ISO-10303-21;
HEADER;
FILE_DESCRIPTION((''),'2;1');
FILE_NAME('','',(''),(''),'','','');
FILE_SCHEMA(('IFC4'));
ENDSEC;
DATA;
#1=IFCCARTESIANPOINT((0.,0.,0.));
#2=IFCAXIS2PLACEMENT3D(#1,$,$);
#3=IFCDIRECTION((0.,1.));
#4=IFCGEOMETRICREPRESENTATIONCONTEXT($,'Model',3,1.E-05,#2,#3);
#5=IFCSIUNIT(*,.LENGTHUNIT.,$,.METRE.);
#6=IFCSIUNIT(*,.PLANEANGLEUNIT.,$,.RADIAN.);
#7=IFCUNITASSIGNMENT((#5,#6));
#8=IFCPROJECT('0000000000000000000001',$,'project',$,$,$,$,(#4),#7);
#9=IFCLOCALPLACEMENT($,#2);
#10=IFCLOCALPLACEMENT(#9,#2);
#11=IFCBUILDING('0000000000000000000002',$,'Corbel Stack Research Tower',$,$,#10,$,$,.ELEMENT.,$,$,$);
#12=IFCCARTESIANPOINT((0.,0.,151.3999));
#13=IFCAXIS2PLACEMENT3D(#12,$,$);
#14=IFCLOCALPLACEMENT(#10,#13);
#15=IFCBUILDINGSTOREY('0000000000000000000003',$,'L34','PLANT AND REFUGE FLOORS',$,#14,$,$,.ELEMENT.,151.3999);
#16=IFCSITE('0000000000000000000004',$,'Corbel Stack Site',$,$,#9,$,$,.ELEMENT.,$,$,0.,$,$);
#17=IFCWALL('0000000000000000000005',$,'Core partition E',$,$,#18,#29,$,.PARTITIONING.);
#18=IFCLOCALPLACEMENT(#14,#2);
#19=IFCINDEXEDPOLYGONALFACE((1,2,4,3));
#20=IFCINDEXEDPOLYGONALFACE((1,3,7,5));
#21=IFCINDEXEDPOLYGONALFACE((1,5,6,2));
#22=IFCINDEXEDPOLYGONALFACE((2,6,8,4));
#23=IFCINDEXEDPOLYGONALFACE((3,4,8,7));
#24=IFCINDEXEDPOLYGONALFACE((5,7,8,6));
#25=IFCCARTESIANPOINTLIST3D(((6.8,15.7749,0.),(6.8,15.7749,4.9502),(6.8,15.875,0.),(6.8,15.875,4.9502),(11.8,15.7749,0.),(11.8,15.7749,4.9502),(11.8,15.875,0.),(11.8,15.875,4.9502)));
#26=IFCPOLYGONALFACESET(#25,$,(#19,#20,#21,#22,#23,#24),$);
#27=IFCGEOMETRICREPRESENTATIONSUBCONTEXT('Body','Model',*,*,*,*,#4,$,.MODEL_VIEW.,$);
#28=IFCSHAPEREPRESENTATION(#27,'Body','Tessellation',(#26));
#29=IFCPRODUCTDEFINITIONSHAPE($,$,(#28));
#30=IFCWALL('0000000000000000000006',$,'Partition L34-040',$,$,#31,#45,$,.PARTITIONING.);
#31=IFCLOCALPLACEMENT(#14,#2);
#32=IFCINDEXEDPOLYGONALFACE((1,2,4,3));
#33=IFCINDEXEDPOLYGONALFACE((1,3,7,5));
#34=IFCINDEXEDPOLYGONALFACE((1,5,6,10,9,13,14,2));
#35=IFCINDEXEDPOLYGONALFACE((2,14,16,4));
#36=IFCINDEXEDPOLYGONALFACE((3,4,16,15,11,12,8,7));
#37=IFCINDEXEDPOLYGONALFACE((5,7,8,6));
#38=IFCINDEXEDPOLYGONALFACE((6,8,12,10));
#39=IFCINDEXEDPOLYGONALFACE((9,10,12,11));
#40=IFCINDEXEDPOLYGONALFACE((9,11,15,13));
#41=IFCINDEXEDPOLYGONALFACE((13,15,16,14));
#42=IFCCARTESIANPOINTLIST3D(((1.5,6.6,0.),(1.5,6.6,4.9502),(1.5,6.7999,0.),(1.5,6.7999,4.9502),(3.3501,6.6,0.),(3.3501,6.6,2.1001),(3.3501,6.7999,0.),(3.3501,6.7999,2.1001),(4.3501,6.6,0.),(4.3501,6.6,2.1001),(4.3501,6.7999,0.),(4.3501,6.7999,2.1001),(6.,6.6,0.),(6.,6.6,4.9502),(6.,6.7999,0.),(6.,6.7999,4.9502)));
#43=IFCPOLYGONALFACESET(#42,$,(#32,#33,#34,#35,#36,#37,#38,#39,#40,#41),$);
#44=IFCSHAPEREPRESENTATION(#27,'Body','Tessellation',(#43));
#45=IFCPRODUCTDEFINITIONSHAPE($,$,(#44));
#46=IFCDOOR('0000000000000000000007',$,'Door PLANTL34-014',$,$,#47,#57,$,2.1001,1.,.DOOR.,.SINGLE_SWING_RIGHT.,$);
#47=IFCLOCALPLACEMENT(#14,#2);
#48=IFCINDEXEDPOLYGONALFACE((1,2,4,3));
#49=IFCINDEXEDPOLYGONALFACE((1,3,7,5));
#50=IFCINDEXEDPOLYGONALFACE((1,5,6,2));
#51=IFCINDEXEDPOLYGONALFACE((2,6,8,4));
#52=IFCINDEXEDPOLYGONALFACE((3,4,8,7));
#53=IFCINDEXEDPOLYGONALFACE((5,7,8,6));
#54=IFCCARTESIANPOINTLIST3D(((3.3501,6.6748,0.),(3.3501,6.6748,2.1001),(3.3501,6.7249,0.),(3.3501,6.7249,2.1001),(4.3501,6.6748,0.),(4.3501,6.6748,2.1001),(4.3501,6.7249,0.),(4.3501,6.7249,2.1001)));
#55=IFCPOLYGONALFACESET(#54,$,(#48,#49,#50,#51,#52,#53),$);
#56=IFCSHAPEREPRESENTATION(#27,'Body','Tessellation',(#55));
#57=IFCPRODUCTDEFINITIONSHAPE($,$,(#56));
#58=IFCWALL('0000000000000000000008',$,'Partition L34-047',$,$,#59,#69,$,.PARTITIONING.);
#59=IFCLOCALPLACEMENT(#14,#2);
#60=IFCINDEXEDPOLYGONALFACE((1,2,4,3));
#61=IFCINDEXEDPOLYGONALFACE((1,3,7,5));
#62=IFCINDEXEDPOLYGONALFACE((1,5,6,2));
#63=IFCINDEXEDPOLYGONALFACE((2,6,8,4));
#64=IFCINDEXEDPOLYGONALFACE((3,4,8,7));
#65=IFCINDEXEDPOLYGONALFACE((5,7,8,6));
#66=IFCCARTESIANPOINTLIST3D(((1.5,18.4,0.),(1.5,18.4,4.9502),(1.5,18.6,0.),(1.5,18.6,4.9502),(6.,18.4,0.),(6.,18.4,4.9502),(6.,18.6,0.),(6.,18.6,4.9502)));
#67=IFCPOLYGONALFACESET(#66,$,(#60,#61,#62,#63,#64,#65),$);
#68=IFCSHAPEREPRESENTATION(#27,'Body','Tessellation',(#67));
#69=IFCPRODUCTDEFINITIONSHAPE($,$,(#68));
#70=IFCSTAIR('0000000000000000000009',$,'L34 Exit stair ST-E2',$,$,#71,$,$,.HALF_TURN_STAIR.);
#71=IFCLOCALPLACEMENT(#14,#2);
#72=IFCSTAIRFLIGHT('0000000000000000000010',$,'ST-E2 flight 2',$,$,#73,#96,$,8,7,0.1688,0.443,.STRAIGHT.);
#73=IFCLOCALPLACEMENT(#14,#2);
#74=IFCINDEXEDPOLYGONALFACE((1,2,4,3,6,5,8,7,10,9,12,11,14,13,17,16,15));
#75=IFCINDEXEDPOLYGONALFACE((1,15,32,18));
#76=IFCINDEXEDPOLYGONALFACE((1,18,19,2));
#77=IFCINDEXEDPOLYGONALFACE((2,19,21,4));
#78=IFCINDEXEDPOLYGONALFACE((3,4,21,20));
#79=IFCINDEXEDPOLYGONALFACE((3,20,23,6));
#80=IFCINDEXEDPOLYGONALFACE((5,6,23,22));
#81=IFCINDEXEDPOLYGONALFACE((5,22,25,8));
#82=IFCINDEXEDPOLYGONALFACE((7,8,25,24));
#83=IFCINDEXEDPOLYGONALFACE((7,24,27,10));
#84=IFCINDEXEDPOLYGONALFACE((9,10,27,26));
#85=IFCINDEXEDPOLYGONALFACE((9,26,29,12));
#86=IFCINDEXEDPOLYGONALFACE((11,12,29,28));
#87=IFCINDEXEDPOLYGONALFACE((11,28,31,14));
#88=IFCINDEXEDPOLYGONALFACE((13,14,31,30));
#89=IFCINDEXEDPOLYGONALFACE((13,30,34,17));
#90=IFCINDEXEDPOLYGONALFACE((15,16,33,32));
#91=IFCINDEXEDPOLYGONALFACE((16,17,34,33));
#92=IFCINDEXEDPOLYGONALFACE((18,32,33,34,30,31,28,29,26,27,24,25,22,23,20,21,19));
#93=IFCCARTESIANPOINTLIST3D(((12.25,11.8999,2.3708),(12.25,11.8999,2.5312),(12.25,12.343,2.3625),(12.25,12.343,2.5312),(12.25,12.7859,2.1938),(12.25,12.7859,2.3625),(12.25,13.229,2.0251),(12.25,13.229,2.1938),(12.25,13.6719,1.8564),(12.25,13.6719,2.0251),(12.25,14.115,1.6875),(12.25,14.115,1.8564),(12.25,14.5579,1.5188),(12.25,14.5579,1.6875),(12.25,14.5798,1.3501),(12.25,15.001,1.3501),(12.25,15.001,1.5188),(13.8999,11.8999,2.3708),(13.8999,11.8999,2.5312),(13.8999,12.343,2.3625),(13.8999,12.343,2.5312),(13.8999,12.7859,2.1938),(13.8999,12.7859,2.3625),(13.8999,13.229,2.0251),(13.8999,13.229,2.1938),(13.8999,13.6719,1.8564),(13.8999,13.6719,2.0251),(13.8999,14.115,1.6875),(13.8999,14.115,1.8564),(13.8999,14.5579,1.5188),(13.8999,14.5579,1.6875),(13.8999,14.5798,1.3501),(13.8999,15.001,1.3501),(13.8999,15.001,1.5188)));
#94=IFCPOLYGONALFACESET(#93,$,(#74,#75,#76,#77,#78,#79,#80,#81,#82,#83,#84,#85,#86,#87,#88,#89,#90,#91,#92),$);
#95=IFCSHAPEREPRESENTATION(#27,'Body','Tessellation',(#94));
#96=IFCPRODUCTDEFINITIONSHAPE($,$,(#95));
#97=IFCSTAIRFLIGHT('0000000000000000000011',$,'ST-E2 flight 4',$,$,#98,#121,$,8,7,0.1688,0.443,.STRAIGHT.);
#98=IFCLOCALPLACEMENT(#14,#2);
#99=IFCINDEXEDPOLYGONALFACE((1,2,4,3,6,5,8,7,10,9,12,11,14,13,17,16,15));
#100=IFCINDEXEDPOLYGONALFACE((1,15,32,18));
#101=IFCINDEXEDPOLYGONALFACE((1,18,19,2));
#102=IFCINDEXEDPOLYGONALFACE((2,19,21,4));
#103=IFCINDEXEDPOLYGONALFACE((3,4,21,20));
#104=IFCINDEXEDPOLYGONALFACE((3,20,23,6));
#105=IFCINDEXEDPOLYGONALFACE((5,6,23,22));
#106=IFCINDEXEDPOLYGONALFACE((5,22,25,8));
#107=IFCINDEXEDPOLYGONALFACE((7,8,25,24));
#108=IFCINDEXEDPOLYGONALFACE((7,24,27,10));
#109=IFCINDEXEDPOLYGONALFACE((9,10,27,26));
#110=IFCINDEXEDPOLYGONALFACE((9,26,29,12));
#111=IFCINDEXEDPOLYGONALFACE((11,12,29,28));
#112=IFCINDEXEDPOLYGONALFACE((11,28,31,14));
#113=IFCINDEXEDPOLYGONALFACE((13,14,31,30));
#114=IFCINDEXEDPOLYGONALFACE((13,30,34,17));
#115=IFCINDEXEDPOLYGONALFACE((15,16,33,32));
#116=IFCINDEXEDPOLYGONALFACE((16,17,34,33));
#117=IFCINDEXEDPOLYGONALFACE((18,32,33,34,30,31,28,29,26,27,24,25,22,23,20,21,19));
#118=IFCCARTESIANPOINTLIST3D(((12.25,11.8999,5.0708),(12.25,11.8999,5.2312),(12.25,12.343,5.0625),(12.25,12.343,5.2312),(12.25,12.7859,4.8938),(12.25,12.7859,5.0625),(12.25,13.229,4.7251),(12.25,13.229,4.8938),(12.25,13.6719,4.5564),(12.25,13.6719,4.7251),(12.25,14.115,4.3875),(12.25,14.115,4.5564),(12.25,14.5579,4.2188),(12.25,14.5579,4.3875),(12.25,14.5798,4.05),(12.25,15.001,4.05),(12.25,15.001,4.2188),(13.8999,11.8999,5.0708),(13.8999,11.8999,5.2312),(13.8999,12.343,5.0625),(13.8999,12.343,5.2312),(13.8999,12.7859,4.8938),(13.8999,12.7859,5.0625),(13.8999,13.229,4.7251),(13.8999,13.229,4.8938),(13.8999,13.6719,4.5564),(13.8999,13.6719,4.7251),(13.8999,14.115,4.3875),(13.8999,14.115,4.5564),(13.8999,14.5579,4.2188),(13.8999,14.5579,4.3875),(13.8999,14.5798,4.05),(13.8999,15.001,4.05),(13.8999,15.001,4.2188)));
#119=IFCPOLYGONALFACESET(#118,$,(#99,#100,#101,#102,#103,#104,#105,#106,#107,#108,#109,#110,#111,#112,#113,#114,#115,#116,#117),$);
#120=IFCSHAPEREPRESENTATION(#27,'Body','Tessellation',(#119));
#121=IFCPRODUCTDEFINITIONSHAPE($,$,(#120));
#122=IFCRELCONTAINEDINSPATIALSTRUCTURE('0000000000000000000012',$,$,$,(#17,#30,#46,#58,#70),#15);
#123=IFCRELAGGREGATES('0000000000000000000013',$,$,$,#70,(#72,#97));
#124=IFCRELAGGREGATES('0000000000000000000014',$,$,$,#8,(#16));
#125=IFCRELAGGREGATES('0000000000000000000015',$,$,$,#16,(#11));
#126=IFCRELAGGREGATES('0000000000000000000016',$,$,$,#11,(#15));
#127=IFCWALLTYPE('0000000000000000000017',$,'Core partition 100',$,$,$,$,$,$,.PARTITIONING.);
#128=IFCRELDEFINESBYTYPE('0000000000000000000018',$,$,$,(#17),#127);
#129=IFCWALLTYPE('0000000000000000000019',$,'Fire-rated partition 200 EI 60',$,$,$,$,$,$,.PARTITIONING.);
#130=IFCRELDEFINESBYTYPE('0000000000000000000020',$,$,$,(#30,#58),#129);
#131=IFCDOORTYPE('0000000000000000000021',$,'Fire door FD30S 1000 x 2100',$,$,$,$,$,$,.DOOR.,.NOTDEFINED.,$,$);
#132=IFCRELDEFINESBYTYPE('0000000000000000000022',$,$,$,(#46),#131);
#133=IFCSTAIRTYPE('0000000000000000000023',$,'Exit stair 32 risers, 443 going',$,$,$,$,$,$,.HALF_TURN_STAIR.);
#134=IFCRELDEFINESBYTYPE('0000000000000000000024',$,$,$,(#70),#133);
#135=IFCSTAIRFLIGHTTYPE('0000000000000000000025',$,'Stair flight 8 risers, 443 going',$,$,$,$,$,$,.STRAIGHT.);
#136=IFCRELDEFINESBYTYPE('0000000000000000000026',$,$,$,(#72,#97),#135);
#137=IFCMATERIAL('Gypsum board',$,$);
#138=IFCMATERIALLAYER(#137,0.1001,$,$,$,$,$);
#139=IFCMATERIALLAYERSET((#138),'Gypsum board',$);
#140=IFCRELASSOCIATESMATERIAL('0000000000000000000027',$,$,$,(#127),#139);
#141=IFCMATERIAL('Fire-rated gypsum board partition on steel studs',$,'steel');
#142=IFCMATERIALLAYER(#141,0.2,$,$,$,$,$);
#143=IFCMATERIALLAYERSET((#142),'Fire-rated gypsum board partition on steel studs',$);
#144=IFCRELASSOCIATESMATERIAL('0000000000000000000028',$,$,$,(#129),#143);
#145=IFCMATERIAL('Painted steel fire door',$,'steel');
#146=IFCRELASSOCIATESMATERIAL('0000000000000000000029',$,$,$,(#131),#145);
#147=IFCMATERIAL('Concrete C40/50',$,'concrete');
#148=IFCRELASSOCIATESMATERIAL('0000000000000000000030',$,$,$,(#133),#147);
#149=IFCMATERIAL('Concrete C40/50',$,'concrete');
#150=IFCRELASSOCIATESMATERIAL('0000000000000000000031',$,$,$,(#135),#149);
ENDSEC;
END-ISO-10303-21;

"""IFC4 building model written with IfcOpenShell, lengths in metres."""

from ifc_helpers import new_model, si_unit, direction, frame, frame_2d, origin, place, context, subcontext, project, spatial, polyline, rectangle, outline, extrude, material, layer, layer_set, type_object, element, fill, aggregate, save


model = new_model("IFC4")

# Units and contexts
model_context = context("Model", 3, precision=1e-05, world=origin(), true_north=direction((0.0, 1.0)))
body_context = subcontext(model_context, "Body", "Model", "MODEL_VIEW")
ifc_project = project(units=[si_unit("LENGTHUNIT", "METRE"), si_unit("PLANEANGLEUNIT", "RADIAN")], contexts=[model_context])

# Site, building, storey
site_placement = place(None, origin())
site = spatial("IfcSite", under=ifc_project, at=site_placement, Name="Corbel Stack Site", CompositionType="ELEMENT", RefElevation=0.0)
building_placement = place(site_placement, origin())
building = spatial("IfcBuilding", under=site, at=building_placement, Name="Corbel Stack Research Tower", CompositionType="ELEMENT")
storey_placement = place(building_placement, frame((0.0, 0.0, 151.3999)))
storey = spatial("IfcBuildingStorey", under=building, at=storey_placement, Name="L34", Description="PLANT AND REFUGE FLOORS", CompositionType="ELEMENT", Elevation=151.3999)

# Wall
ifc_material_1 = material(Name="Gypsum board")
ifc_layer_1 = layer(ifc_material_1, 0.1001)
ifc_layer_set_1 = layer_set([ifc_layer_1], Name="Gypsum board")
wall_type_1 = type_object("IfcWallType", Name="Core partition 100", PredefinedType="PARTITIONING", material=ifc_layer_set_1)
for number, where, z_axis, x_axis, name in (
    (1, (6.8, 15.825, 0.0), (0.0, 0.0, 1.0), (1.0, 0.0, 0.0), "Core partition E"),
):
    element("IfcWall", number, at=place(storey_placement, frame(where, z_axis=z_axis, x_axis=x_axis)), inside=storey, type_object=wall_type_1, Name=name, PredefinedType="PARTITIONING", context=body_context, shape_type="SweptSolid", body=[
        extrude(rectangle(XDim=5.0, YDim=0.1001, at=frame_2d((2.5, 0.0))), origin(), (0.0, 0.0, 1.0), 4.9502),
    ])

# Wall, opening, door
ifc_material_2 = material(Name="Fire-rated gypsum board partition on steel studs", Category="steel")
ifc_layer_2 = layer(ifc_material_2, 0.2)
ifc_layer_set_2 = layer_set([ifc_layer_2], Name="Fire-rated gypsum board partition on steel studs")
wall_type_2 = type_object("IfcWallType", Name="Fire-rated partition 200 EI 60", PredefinedType="PARTITIONING", material=ifc_layer_set_2)
wall_1_placement = place(storey_placement, frame((1.5, 6.7, 0.0), z_axis=(0.0, 0.0, 1.0), x_axis=(1.0, 0.0, 0.0)))
wall_1 = element("IfcWall", 2, at=wall_1_placement, inside=storey, type_object=wall_type_2, Name="Partition L34-040", PredefinedType="PARTITIONING", context=body_context, shape_type="SweptSolid", body=[
    extrude(rectangle(XDim=4.5, YDim=0.2, at=frame_2d((2.25, 0.0))), origin(), (0.0, 0.0, 1.0), 4.9502),
])
opening_1_placement = place(wall_1_placement, frame((1.8501, 0.0, 0.0)))
opening_1 = element("IfcOpeningElement", 3, at=opening_1_placement, cuts=wall_1, PredefinedType="OPENING", context=body_context, shape_type="SweptSolid", body=[
    extrude(rectangle(XDim=1.0, YDim=2.1001, at=frame_2d((0.5, 1.05))), frame((0.0, 0.1099, 0.0), z_axis=(0.0, -1.0, 0.0), x_axis=(1.0, 0.0, 0.0)), (0.0, 0.0, 1.0), 0.22),
])
ifc_material_3 = material(Name="Painted steel fire door", Category="steel")
door_type_1 = type_object("IfcDoorType", Name="Fire door FD30S 1000 x 2100", OperationType="NOTDEFINED", PredefinedType="DOOR", material=ifc_material_3)
door_1_placement = place(opening_1_placement, origin())
door_1 = element("IfcDoor", 4, at=door_1_placement, inside=storey, type_object=door_type_1, Name="Door PLANTL34-014", OperationType="SINGLE_SWING_RIGHT", OverallHeight=2.1001, OverallWidth=1.0, PredefinedType="DOOR", context=body_context, shape_type="SweptSolid", body=[
    extrude(rectangle(XDim=1.0, YDim=2.1001, at=frame_2d((0.5, 1.05))), frame((0.0, 0.0249, 0.0), z_axis=(0.0, -1.0, 0.0), x_axis=(1.0, 0.0, 0.0)), (0.0, 0.0, 1.0), 0.05),
])
fill(opening_1, door_1)

# Wall
wall_2_placement = place(storey_placement, frame((1.5, 18.5, 0.0), z_axis=(0.0, 0.0, 1.0), x_axis=(1.0, 0.0, 0.0)))
element("IfcWall", 5, at=wall_2_placement, inside=storey, type_object=wall_type_2, Name="Partition L34-047", PredefinedType="PARTITIONING", context=body_context, shape_type="SweptSolid", body=[
    extrude(rectangle(XDim=4.5, YDim=0.2, at=frame_2d((2.25, 0.0))), origin(), (0.0, 0.0, 1.0), 4.9502),
])

# Stair, stair flights
ifc_material_4 = material(Name="Concrete C40/50", Category="concrete")
stair_type = type_object("IfcStairType", Name="Exit stair 32 risers, 443 going", PredefinedType="HALF_TURN_STAIR", material=ifc_material_4)
stair_placement = place(storey_placement, origin())
stair = element("IfcStair", 6, at=stair_placement, inside=storey, type_object=stair_type, Name="L34 Exit stair ST-E2", PredefinedType="HALF_TURN_STAIR")
ifc_material_5 = material(Name="Concrete C40/50", Category="concrete")
stair_flight_type = type_object("IfcStairFlightType", Name="Stair flight 8 risers, 443 going", PredefinedType="STRAIGHT", material=ifc_material_5)
stair_flight_1_placement = place(storey_placement, frame((13.075, 15.001, 1.3501), z_axis=(0.0, 0.0, 1.0), x_axis=(0.0, -1.0, 0.0)))
stair_flight_1 = element("IfcStairFlight", 7, at=stair_flight_1_placement, type_object=stair_flight_type, Name="ST-E2 flight 2", NumberOfRisers=8, NumberOfTreads=7, PredefinedType="STRAIGHT", RiserHeight=0.1688, TreadLength=0.443, context=body_context, shape_type="SweptSolid", body=[
    extrude(outline(polyline([(0.0, 0.0), (0.0, 0.1687), (0.4431, 0.1687), (0.4431, 0.3374), (0.886, 0.3374), (0.886, 0.5063), (1.3291, 0.5063), (1.3291, 0.675), (1.772, 0.675), (1.772, 0.8438), (2.2151, 0.8438), (2.2151, 1.0125), (2.658, 1.0125), (2.658, 1.1812), (3.1011, 1.1812), (3.1011, 1.3501), (3.1011, 1.0208), (0.4211, 0.0), (0.0, 0.0)])), frame((0.0, 0.825, 0.0), z_axis=(0.0, -1.0, 0.0), x_axis=(1.0, 0.0, 0.0)), (0.0, 0.0, 1.0), 1.6499),
])
stair_flight_2_placement = place(storey_placement, frame((13.075, 15.001, 4.05), z_axis=(0.0, 0.0, 1.0), x_axis=(0.0, -1.0, 0.0)))
stair_flight_2 = element("IfcStairFlight", 8, at=stair_flight_2_placement, type_object=stair_flight_type, Name="ST-E2 flight 4", NumberOfRisers=8, NumberOfTreads=7, PredefinedType="STRAIGHT", RiserHeight=0.1688, TreadLength=0.443, context=body_context, shape_type="SweptSolid", body=[
    extrude(outline(polyline([(0.0, 0.0), (0.0, 0.1687), (0.4431, 0.1687), (0.4431, 0.3374), (0.886, 0.3374), (0.886, 0.5063), (1.3291, 0.5063), (1.3291, 0.675), (1.772, 0.675), (1.772, 0.8438), (2.2151, 0.8438), (2.2151, 1.0125), (2.658, 1.0125), (2.658, 1.1812), (3.1011, 1.1812), (3.1011, 1.3501), (3.1011, 1.0208), (0.4211, 0.0), (0.0, 0.0)])), frame((0.0, 0.825, 0.0), z_axis=(0.0, -1.0, 0.0), x_axis=(1.0, 0.0, 0.0)), (0.0, 0.0, 1.0), 1.6499),
])
aggregate(stair, [stair_flight_1, stair_flight_2])

save(model, "model.ifc")
